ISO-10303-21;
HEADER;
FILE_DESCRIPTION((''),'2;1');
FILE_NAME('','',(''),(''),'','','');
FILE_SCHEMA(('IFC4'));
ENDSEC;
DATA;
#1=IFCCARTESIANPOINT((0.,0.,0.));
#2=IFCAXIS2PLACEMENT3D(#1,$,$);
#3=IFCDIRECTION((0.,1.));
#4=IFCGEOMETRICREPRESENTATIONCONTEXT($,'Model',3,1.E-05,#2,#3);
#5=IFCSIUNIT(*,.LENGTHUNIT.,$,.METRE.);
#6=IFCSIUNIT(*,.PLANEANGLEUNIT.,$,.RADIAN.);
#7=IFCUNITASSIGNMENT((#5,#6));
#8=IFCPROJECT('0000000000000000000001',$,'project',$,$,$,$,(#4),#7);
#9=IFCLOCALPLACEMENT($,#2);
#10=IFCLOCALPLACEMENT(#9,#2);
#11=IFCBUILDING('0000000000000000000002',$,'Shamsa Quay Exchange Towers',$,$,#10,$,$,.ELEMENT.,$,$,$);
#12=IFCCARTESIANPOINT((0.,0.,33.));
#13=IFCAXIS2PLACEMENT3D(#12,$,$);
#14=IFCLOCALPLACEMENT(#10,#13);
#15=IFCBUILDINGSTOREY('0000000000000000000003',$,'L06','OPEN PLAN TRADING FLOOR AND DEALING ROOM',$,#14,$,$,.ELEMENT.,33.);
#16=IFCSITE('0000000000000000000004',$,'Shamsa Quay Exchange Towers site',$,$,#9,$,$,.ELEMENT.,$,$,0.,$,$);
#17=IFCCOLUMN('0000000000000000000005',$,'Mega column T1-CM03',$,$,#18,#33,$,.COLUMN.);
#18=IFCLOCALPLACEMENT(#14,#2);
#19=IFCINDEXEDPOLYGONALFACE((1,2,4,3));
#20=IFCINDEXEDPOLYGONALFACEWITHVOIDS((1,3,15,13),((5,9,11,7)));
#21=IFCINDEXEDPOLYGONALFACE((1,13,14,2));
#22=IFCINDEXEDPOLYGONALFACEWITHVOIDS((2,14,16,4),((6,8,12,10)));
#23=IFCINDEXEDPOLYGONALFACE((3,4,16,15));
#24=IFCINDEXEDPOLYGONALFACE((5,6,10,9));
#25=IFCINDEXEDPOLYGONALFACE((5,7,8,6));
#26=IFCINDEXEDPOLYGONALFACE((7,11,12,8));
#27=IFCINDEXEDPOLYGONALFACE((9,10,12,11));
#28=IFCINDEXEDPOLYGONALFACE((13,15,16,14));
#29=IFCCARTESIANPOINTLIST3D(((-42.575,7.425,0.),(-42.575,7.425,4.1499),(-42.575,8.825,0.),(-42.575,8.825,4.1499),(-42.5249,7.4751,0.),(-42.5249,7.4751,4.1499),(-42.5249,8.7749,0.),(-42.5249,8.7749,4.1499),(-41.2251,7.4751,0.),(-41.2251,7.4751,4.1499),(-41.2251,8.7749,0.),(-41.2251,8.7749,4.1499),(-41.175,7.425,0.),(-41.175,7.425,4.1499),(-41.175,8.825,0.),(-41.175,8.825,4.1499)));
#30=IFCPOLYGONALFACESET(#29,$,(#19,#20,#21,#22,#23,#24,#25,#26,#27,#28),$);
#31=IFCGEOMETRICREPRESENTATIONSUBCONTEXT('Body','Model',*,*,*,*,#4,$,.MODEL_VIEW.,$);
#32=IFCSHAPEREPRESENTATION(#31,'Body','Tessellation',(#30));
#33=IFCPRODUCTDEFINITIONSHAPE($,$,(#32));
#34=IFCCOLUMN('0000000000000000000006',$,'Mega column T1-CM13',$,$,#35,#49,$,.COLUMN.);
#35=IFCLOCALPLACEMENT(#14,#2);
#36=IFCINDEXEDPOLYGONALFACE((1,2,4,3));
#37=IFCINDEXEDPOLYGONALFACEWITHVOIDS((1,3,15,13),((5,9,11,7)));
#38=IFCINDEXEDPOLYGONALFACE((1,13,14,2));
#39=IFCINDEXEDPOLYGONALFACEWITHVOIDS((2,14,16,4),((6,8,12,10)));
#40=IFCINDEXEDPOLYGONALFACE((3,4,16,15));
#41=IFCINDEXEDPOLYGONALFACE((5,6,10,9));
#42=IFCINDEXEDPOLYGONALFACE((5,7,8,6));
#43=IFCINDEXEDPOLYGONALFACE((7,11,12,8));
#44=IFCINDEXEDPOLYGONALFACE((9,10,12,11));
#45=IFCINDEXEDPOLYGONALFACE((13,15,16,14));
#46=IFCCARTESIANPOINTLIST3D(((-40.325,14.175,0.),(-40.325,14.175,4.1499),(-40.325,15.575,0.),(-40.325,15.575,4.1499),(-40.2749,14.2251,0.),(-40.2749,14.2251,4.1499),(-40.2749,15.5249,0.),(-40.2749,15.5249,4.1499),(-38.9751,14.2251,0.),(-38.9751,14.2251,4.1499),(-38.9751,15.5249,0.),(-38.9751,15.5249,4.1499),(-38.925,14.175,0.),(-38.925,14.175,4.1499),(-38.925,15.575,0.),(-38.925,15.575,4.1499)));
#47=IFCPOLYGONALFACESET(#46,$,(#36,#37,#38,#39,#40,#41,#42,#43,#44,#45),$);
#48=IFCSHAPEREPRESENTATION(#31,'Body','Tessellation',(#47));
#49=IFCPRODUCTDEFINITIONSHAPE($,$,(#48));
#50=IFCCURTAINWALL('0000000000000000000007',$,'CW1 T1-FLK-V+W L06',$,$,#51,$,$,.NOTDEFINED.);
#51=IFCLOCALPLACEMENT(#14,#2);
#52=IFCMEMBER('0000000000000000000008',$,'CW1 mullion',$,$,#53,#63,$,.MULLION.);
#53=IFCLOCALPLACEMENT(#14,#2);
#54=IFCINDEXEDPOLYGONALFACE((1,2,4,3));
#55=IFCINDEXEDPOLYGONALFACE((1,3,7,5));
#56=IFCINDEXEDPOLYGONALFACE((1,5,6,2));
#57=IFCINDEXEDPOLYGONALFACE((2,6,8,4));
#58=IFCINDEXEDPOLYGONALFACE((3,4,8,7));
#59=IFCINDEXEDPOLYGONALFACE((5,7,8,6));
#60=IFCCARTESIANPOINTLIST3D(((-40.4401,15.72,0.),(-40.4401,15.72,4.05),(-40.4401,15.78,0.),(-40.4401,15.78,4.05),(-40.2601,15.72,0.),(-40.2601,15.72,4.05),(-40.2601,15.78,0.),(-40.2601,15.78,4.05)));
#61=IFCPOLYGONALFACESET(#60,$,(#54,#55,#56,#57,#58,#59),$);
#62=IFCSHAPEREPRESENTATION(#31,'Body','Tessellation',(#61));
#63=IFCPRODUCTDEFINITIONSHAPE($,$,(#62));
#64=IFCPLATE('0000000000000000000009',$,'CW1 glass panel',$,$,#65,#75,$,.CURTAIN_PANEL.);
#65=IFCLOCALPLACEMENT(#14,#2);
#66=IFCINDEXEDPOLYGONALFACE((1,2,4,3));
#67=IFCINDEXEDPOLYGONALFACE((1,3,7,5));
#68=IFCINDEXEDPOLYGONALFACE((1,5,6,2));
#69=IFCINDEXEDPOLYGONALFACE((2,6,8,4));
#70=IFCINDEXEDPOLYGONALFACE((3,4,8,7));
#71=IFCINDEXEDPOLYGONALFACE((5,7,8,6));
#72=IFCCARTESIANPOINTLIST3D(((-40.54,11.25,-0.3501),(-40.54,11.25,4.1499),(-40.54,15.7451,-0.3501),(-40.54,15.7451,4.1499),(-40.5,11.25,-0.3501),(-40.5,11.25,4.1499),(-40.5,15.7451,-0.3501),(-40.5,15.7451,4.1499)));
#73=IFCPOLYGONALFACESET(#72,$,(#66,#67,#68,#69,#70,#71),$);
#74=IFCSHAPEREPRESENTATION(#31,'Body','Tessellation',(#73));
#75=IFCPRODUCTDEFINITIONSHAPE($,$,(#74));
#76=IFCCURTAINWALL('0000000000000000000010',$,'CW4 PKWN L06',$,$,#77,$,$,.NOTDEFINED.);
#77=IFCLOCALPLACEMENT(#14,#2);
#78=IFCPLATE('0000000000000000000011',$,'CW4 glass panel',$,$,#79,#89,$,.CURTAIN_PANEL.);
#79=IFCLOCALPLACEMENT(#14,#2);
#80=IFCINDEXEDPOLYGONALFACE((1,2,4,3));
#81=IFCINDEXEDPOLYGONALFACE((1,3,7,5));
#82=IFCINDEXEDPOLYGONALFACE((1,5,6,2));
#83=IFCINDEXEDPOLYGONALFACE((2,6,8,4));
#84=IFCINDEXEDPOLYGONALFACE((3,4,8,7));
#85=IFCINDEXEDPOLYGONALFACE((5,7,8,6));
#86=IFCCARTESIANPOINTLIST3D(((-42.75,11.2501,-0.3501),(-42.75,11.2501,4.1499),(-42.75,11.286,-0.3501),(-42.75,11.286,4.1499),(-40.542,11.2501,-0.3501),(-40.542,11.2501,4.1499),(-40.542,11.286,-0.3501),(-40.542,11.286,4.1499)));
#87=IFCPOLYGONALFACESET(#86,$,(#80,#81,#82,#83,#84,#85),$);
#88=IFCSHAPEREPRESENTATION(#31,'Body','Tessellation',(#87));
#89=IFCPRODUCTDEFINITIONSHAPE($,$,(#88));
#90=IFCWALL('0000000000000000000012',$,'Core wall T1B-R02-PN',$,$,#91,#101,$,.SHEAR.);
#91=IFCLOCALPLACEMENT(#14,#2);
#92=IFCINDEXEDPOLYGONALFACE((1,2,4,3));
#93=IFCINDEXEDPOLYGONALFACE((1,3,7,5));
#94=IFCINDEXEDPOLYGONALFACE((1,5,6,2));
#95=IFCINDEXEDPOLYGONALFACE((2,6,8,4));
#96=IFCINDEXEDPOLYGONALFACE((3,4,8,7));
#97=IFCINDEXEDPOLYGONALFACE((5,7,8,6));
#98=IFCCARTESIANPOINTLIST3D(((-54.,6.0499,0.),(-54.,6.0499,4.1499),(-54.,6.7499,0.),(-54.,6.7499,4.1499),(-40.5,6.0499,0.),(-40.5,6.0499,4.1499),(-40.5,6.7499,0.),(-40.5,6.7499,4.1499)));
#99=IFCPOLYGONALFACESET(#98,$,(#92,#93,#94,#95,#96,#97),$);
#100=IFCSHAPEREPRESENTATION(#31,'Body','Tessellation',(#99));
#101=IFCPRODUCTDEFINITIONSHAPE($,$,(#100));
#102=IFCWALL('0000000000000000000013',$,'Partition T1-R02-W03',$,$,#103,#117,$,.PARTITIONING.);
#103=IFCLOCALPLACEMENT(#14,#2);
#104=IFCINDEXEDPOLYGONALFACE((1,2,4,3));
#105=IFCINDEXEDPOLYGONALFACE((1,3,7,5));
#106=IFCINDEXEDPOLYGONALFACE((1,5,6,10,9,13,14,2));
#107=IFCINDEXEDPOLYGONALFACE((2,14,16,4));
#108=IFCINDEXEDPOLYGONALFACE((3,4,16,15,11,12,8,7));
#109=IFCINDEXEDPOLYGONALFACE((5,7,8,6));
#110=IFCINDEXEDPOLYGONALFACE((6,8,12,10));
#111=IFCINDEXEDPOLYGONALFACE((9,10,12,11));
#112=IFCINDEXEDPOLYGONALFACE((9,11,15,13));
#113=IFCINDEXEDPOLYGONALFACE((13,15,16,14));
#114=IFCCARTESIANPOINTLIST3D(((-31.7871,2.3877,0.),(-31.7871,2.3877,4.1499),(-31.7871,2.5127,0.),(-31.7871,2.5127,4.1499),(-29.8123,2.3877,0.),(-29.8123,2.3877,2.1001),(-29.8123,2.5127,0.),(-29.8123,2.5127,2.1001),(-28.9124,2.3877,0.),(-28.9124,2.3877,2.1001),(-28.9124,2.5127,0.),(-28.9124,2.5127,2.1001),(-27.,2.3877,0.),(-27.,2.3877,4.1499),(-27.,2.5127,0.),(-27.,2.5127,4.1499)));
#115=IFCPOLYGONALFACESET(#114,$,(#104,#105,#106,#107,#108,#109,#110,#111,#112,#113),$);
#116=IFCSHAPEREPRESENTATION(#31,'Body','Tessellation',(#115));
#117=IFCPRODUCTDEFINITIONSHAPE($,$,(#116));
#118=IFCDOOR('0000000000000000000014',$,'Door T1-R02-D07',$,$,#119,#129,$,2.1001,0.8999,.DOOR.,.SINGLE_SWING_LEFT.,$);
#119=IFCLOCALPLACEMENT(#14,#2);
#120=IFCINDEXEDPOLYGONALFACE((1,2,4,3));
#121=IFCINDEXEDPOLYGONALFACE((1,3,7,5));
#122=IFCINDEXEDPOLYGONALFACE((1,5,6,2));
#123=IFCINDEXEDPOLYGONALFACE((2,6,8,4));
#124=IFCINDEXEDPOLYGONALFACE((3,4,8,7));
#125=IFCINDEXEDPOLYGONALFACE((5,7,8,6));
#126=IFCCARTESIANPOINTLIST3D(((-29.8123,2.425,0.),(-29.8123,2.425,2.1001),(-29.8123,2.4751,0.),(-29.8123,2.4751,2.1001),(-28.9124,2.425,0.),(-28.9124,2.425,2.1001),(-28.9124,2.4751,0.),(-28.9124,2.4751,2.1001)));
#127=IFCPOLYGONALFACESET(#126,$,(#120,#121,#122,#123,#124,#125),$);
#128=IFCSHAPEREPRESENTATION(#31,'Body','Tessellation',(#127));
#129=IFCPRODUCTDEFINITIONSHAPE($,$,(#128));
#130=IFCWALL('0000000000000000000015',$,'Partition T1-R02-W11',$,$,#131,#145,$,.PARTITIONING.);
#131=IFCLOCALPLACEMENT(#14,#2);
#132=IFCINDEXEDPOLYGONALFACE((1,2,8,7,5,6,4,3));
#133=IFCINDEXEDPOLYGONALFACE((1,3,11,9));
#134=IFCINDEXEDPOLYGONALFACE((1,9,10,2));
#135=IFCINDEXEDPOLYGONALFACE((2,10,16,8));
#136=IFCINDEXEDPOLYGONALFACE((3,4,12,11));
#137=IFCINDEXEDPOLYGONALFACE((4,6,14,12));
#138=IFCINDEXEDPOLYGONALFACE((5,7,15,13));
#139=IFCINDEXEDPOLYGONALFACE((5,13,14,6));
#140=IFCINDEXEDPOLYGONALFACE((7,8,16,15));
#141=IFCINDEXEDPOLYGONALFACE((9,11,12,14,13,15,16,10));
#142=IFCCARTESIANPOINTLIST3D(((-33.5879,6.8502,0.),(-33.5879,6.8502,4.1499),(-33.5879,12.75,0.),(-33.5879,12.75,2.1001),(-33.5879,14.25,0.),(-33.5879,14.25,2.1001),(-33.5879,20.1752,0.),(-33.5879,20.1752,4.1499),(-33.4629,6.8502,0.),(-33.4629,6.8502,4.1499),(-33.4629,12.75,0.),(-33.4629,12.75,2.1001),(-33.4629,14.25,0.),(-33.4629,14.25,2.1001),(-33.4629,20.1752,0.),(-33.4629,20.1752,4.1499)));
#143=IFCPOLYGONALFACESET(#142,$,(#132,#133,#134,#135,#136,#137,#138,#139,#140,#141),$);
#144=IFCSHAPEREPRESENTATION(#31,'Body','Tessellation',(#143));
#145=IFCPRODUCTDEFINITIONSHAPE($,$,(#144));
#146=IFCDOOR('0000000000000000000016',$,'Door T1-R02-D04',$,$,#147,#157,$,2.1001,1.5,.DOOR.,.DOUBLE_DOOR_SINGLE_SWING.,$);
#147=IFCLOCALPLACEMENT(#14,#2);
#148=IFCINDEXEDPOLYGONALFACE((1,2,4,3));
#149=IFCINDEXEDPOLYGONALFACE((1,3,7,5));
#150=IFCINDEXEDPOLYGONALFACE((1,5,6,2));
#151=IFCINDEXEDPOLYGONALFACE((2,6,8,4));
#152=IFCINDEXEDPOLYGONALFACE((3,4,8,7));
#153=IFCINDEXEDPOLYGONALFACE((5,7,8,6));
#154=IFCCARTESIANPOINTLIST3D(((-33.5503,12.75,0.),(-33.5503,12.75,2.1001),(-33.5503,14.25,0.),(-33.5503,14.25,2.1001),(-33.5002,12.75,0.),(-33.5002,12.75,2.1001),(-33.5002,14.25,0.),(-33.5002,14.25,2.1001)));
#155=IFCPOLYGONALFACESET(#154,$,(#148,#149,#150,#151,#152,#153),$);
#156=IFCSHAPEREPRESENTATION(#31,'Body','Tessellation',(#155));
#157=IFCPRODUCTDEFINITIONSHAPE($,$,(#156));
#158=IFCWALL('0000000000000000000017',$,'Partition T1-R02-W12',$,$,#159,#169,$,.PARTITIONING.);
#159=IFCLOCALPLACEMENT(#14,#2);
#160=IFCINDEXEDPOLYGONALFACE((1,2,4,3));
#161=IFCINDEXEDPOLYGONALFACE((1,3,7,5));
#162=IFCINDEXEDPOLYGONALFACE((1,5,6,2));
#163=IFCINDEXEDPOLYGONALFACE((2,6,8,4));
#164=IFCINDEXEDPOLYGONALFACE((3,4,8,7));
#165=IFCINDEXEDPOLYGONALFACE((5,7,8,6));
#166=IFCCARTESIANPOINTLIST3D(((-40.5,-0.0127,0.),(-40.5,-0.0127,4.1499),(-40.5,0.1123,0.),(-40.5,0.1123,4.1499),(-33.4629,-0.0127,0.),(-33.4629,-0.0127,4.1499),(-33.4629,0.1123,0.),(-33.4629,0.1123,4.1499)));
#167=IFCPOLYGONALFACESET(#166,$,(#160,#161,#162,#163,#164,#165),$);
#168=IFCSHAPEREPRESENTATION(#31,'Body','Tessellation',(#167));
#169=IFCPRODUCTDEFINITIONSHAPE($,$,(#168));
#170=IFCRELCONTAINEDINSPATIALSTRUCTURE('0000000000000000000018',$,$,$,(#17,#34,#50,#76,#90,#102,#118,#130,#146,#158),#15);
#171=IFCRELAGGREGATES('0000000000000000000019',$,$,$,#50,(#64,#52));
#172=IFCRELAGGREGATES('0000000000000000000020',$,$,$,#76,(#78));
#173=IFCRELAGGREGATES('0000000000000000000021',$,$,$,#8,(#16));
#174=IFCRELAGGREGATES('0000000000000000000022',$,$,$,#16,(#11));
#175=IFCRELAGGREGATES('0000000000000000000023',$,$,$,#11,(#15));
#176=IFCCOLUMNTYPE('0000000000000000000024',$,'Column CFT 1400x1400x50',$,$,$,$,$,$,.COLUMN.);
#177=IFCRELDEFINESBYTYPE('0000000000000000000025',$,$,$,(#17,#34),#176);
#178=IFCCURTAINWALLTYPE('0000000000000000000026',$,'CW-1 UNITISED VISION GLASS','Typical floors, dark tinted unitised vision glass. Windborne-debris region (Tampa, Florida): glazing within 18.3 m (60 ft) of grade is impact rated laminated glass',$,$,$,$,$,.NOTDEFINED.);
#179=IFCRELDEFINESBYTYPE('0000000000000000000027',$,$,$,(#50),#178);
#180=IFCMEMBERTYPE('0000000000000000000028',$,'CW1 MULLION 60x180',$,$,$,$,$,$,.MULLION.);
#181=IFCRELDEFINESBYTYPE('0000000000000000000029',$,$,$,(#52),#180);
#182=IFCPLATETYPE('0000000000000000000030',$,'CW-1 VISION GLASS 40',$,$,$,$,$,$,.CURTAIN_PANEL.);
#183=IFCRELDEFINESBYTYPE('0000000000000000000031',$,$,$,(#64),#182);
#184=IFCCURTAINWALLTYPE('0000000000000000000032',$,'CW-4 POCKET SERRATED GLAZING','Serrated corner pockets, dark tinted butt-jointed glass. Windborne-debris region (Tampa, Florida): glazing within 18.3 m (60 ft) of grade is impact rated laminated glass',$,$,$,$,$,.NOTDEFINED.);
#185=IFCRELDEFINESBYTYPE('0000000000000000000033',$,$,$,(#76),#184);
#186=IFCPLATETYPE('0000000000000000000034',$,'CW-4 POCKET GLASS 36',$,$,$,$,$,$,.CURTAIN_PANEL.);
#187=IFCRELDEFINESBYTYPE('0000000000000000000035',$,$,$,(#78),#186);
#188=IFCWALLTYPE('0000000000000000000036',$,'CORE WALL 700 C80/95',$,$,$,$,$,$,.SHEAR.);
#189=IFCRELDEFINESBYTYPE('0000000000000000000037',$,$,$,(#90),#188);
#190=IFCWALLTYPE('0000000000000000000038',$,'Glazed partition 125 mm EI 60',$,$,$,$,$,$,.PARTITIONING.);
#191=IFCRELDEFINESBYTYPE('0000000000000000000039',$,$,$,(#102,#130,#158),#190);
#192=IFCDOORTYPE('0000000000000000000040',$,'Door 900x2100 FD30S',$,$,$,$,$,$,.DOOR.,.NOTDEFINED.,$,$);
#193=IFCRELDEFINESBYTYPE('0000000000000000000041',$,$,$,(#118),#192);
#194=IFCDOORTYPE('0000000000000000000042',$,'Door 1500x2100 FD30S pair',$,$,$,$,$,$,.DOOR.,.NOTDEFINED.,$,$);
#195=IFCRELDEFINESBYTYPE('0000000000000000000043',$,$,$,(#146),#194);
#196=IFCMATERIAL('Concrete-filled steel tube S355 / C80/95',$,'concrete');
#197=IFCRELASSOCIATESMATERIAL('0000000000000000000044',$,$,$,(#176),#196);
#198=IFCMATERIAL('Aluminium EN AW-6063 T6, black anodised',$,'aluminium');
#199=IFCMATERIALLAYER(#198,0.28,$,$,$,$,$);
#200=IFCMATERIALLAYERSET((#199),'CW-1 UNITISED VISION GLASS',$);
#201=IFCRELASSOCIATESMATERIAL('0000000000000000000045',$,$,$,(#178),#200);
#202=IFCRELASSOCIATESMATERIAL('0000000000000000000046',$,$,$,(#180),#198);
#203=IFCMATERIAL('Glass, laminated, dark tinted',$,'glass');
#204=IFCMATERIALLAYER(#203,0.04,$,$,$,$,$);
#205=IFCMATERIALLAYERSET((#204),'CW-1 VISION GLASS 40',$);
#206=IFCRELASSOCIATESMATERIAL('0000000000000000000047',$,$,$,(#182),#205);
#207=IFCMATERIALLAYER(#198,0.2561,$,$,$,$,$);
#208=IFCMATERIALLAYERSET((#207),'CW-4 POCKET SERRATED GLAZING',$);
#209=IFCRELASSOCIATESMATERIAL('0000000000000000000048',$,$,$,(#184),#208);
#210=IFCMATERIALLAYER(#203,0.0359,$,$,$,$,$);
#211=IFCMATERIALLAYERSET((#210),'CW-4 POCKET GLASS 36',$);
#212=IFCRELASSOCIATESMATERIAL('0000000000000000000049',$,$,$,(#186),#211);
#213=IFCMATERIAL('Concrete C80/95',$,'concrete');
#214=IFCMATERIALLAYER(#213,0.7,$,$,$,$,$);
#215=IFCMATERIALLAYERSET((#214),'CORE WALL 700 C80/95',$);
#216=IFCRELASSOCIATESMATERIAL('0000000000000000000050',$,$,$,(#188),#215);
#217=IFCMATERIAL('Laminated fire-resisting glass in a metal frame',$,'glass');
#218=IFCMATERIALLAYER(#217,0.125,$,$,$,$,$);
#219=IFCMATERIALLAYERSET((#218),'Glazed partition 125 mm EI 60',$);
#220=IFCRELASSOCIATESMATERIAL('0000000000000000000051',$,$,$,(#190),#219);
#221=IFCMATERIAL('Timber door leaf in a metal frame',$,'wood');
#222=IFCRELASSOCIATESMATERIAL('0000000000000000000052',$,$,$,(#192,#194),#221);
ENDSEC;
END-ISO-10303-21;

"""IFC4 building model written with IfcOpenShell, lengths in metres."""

from ifc_helpers import new_model, si_unit, direction, frame, frame_2d, origin, origin_2d, place, context, subcontext, project, spatial, rectangle, hollow_rectangle, extrude, material, layer, layer_set, material_profile, profile_set, type_object, element, fill, aggregate, save


model = new_model("IFC4")

# Units and contexts
model_context = context("Model", 3, precision=1e-05, world=origin(), true_north=direction((0.0, 1.0)))
body_context = subcontext(model_context, "Body", "Model", "MODEL_VIEW")
ifc_project = project(units=[si_unit("LENGTHUNIT", "METRE"), si_unit("PLANEANGLEUNIT", "RADIAN")], contexts=[model_context])

# Site, building, storey
site_placement = place(None, origin())
site = spatial("IfcSite", under=ifc_project, at=site_placement, Name="Shamsa Quay Exchange Towers site", CompositionType="ELEMENT", RefElevation=0.0)
building_placement = place(site_placement, origin())
building = spatial("IfcBuilding", under=site, at=building_placement, Name="Shamsa Quay Exchange Towers", CompositionType="ELEMENT")
storey_placement = place(building_placement, frame((0.0, 0.0, 33.0)))
storey = spatial("IfcBuildingStorey", under=building, at=storey_placement, Name="L06", Description="OPEN PLAN TRADING FLOOR AND DEALING ROOM", CompositionType="ELEMENT", Elevation=33.0)

# Columns
ifc_material_1 = material(Name="Concrete-filled steel tube S355 / C80/95", Category="concrete")
ifc_material_profile_1 = material_profile(ifc_material_1, hollow_rectangle(XDim=1.3999, YDim=1.3999, WallThickness=0.05, at=origin_2d()), Name="CFT 1400x1400x50")
ifc_profile_set_1 = profile_set([ifc_material_profile_1], Name="Concrete-filled steel tube S355 / C80/95")
column_type = type_object("IfcColumnType", Name="Column CFT 1400x1400x50", PredefinedType="COLUMN", material=ifc_profile_set_1)
for number, where, name in (
    (1, (-41.875, 8.125, 0.0), "Mega column T1-CM03"),
    (2, (-39.625, 14.875, 0.0), "Mega column T1-CM13"),
):
    element("IfcColumn", number, at=place(storey_placement, frame(where)), inside=storey, type_object=column_type, Name=name, PredefinedType="COLUMN", context=body_context, shape_type="SweptSolid", body=[
        extrude(hollow_rectangle(XDim=1.3999, YDim=1.3999, WallThickness=0.05, at=origin_2d()), origin(), (0.0, 0.0, 1.0), 4.1499),
    ])

# Curtain wall, member, plate
ifc_material_2 = material(Name="Aluminium EN AW-6063 T6, black anodised", Category="aluminium")
ifc_layer_1 = layer(ifc_material_2, 0.28)
ifc_layer_set_1 = layer_set([ifc_layer_1], Name="CW-1 UNITISED VISION GLASS")
curtain_wall_type_1 = type_object("IfcCurtainWallType", Name="CW-1 UNITISED VISION GLASS", Description="Typical floors, dark tinted unitised vision glass. Windborne-debris region (Tampa, Florida): glazing within 18.3 m (60 ft) of grade is impact rated laminated glass", PredefinedType="NOTDEFINED", material=ifc_layer_set_1)
curtain_wall_1_placement = place(storey_placement, origin())
curtain_wall_1 = element("IfcCurtainWall", 3, at=curtain_wall_1_placement, inside=storey, type_object=curtain_wall_type_1, Name="CW1 T1-FLK-V+W L06", PredefinedType="NOTDEFINED")
ifc_material_profile_2 = material_profile(ifc_material_2, rectangle(XDim=0.1799, YDim=0.0601, at=origin_2d()), Name="MU60x180")
ifc_profile_set_2 = profile_set([ifc_material_profile_2], Name="Aluminium EN AW-6063 T6, black anodised")
member_type = type_object("IfcMemberType", Name="CW1 MULLION 60x180", PredefinedType="MULLION", material=ifc_profile_set_2)
member_placement = place(storey_placement, frame((-40.3501, 15.75, 0.0)))
member = element("IfcMember", 4, at=member_placement, type_object=member_type, Name="CW1 mullion", PredefinedType="MULLION", context=body_context, shape_type="SweptSolid", body=[
    extrude(rectangle(XDim=0.1799, YDim=0.0601, at=origin_2d()), origin(), (0.0, 0.0, 1.0), 4.05),
])
ifc_material_3 = material(Name="Glass, laminated, dark tinted", Category="glass")
ifc_layer_2 = layer(ifc_material_3, 0.04)
ifc_layer_set_2 = layer_set([ifc_layer_2], Name="CW-1 VISION GLASS 40")
plate_type_1 = type_object("IfcPlateType", Name="CW-1 VISION GLASS 40", PredefinedType="CURTAIN_PANEL", material=ifc_layer_set_2)
plate_1_placement = place(storey_placement, frame((-40.52, 13.4976, -0.3501), z_axis=(0.0, 0.0, 1.0), x_axis=(0.0, -1.0, 0.0)))
plate_1 = element("IfcPlate", 5, at=plate_1_placement, type_object=plate_type_1, Name="CW1 glass panel", PredefinedType="CURTAIN_PANEL", context=body_context, shape_type="SweptSolid", body=[
    extrude(rectangle(XDim=4.4951, YDim=0.04, at=origin_2d()), origin(), (0.0, 0.0, 1.0), 4.5),
])
aggregate(curtain_wall_1, [plate_1, member])

# Curtain wall, plate
ifc_layer_3 = layer(ifc_material_2, 0.2561)
ifc_layer_set_3 = layer_set([ifc_layer_3], Name="CW-4 POCKET SERRATED GLAZING")
curtain_wall_type_2 = type_object("IfcCurtainWallType", Name="CW-4 POCKET SERRATED GLAZING", Description="Serrated corner pockets, dark tinted butt-jointed glass. Windborne-debris region (Tampa, Florida): glazing within 18.3 m (60 ft) of grade is impact rated laminated glass", PredefinedType="NOTDEFINED", material=ifc_layer_set_3)
curtain_wall_2_placement = place(storey_placement, origin())
curtain_wall_2 = element("IfcCurtainWall", 6, at=curtain_wall_2_placement, inside=storey, type_object=curtain_wall_type_2, Name="CW4 PKWN L06", PredefinedType="NOTDEFINED")
ifc_layer_4 = layer(ifc_material_3, 0.0359)
ifc_layer_set_4 = layer_set([ifc_layer_4], Name="CW-4 POCKET GLASS 36")
plate_type_2 = type_object("IfcPlateType", Name="CW-4 POCKET GLASS 36", PredefinedType="CURTAIN_PANEL", material=ifc_layer_set_4)
plate_2_placement = place(storey_placement, frame((-41.646, 11.2681, -0.3501), z_axis=(0.0, 0.0, 1.0), x_axis=(-1.0, 0.0, 0.0)))
plate_2 = element("IfcPlate", 7, at=plate_2_placement, type_object=plate_type_2, Name="CW4 glass panel", PredefinedType="CURTAIN_PANEL", context=body_context, shape_type="SweptSolid", body=[
    extrude(rectangle(XDim=2.208, YDim=0.0359, at=origin_2d()), origin(), (0.0, 0.0, 1.0), 4.5),
])
aggregate(curtain_wall_2, [plate_2])

# Wall
ifc_material_4 = material(Name="Concrete C80/95", Category="concrete")
ifc_layer_5 = layer(ifc_material_4, 0.7)
ifc_layer_set_5 = layer_set([ifc_layer_5], Name="CORE WALL 700 C80/95")
wall_type_1 = type_object("IfcWallType", Name="CORE WALL 700 C80/95", PredefinedType="SHEAR", material=ifc_layer_set_5)
wall_1_placement = place(storey_placement, frame((-40.5, 6.3999, 0.0), z_axis=(0.0, 0.0, 1.0), x_axis=(-1.0, 0.0, 0.0)))
element("IfcWall", 8, at=wall_1_placement, inside=storey, type_object=wall_type_1, Name="Core wall T1B-R02-PN", PredefinedType="SHEAR", context=body_context, shape_type="SweptSolid", body=[
    extrude(rectangle(XDim=13.5, YDim=0.7, at=frame_2d((6.75, 0.0))), origin(), (0.0, 0.0, 1.0), 4.1499),
])

# Walls, openings, doors
ifc_material_5 = material(Name="Laminated fire-resisting glass in a metal frame", Category="glass")
ifc_layer_6 = layer(ifc_material_5, 0.125)
ifc_layer_set_6 = layer_set([ifc_layer_6], Name="Glazed partition 125 mm EI 60")
wall_type_2 = type_object("IfcWallType", Name="Glazed partition 125 mm EI 60", PredefinedType="PARTITIONING", material=ifc_layer_set_6)
wall_2_placement = place(storey_placement, frame((-31.7871, 2.4502, 0.0)))
wall_2 = element("IfcWall", 9, at=wall_2_placement, inside=storey, type_object=wall_type_2, Name="Partition T1-R02-W03", PredefinedType="PARTITIONING", context=body_context, shape_type="SweptSolid", body=[
    extrude(rectangle(XDim=4.7871, YDim=0.125, at=frame_2d((2.3936, 0.0))), origin(), (0.0, 0.0, 1.0), 4.1499),
])
opening_1_placement = place(wall_2_placement, frame((1.9749, 0.0, 0.0)))
opening_1 = element("IfcOpeningElement", 10, at=opening_1_placement, cuts=wall_2, PredefinedType="OPENING", context=body_context, shape_type="SweptSolid", body=[
    extrude(rectangle(XDim=0.8999, YDim=2.1001, at=frame_2d((0.45, 1.05))), frame((0.0, 0.0725, 0.0), z_axis=(0.0, -1.0, 0.0), x_axis=(1.0, 0.0, 0.0)), (0.0, 0.0, 1.0), 0.145),
])
ifc_material_6 = material(Name="Timber door leaf in a metal frame", Category="wood")
door_type_1 = type_object("IfcDoorType", Name="Door 900x2100 FD30S", OperationType="NOTDEFINED", PredefinedType="DOOR", material=ifc_material_6)
door_1_placement = place(opening_1_placement, origin())
door_1 = element("IfcDoor", 11, at=door_1_placement, inside=storey, type_object=door_type_1, Name="Door T1-R02-D07", OperationType="SINGLE_SWING_LEFT", OverallHeight=2.1001, OverallWidth=0.8999, PredefinedType="DOOR", context=body_context, shape_type="SweptSolid", body=[
    extrude(rectangle(XDim=0.8999, YDim=2.1001, at=frame_2d((0.45, 1.05))), frame((0.0, 0.0249, 0.0), z_axis=(0.0, -1.0, 0.0), x_axis=(1.0, 0.0, 0.0)), (0.0, 0.0, 1.0), 0.05),
])
fill(opening_1, door_1)
wall_3_placement = place(storey_placement, frame((-33.5254, 6.8501, 0.0), z_axis=(0.0, 0.0, 1.0), x_axis=(0.0, 1.0, 0.0)))
wall_3 = element("IfcWall", 12, at=wall_3_placement, inside=storey, type_object=wall_type_2, Name="Partition T1-R02-W11", PredefinedType="PARTITIONING", context=body_context, shape_type="SweptSolid", body=[
    extrude(rectangle(XDim=13.325, YDim=0.125, at=frame_2d((6.6626, 0.0))), origin(), (0.0, 0.0, 1.0), 4.1499),
])
opening_2_placement = place(wall_3_placement, frame((5.8999, 0.0, 0.0)))
opening_2 = element("IfcOpeningElement", 13, at=opening_2_placement, cuts=wall_3, PredefinedType="OPENING", context=body_context, shape_type="SweptSolid", body=[
    extrude(rectangle(XDim=1.5, YDim=2.1001, at=frame_2d((0.75, 1.05))), frame((0.0, 0.0725, 0.0), z_axis=(0.0, -1.0, 0.0), x_axis=(1.0, 0.0, 0.0)), (0.0, 0.0, 1.0), 0.145),
])
door_type_2 = type_object("IfcDoorType", Name="Door 1500x2100 FD30S pair", OperationType="NOTDEFINED", PredefinedType="DOOR", material=ifc_material_6)
door_2_placement = place(opening_2_placement, origin())
door_2 = element("IfcDoor", 14, at=door_2_placement, inside=storey, type_object=door_type_2, Name="Door T1-R02-D04", OperationType="DOUBLE_DOOR_SINGLE_SWING", OverallHeight=2.1001, OverallWidth=1.5, PredefinedType="DOOR", context=body_context, shape_type="SweptSolid", body=[
    extrude(rectangle(XDim=1.5, YDim=2.1001, at=frame_2d((0.75, 1.05))), frame((0.0, 0.0249, 0.0), z_axis=(0.0, -1.0, 0.0), x_axis=(1.0, 0.0, 0.0)), (0.0, 0.0, 1.0), 0.05),
])
fill(opening_2, door_2)

# Wall
wall_4_placement = place(storey_placement, frame((-33.4629, 0.0498, 0.0), z_axis=(0.0, 0.0, 1.0), x_axis=(-1.0, 0.0, 0.0)))
element("IfcWall", 15, at=wall_4_placement, inside=storey, type_object=wall_type_2, Name="Partition T1-R02-W12", PredefinedType="PARTITIONING", context=body_context, shape_type="SweptSolid", body=[
    extrude(rectangle(XDim=7.0371, YDim=0.125, at=frame_2d((3.5186, 0.0))), origin(), (0.0, 0.0, 1.0), 4.1499),
])

save(model, "model.ifc")
